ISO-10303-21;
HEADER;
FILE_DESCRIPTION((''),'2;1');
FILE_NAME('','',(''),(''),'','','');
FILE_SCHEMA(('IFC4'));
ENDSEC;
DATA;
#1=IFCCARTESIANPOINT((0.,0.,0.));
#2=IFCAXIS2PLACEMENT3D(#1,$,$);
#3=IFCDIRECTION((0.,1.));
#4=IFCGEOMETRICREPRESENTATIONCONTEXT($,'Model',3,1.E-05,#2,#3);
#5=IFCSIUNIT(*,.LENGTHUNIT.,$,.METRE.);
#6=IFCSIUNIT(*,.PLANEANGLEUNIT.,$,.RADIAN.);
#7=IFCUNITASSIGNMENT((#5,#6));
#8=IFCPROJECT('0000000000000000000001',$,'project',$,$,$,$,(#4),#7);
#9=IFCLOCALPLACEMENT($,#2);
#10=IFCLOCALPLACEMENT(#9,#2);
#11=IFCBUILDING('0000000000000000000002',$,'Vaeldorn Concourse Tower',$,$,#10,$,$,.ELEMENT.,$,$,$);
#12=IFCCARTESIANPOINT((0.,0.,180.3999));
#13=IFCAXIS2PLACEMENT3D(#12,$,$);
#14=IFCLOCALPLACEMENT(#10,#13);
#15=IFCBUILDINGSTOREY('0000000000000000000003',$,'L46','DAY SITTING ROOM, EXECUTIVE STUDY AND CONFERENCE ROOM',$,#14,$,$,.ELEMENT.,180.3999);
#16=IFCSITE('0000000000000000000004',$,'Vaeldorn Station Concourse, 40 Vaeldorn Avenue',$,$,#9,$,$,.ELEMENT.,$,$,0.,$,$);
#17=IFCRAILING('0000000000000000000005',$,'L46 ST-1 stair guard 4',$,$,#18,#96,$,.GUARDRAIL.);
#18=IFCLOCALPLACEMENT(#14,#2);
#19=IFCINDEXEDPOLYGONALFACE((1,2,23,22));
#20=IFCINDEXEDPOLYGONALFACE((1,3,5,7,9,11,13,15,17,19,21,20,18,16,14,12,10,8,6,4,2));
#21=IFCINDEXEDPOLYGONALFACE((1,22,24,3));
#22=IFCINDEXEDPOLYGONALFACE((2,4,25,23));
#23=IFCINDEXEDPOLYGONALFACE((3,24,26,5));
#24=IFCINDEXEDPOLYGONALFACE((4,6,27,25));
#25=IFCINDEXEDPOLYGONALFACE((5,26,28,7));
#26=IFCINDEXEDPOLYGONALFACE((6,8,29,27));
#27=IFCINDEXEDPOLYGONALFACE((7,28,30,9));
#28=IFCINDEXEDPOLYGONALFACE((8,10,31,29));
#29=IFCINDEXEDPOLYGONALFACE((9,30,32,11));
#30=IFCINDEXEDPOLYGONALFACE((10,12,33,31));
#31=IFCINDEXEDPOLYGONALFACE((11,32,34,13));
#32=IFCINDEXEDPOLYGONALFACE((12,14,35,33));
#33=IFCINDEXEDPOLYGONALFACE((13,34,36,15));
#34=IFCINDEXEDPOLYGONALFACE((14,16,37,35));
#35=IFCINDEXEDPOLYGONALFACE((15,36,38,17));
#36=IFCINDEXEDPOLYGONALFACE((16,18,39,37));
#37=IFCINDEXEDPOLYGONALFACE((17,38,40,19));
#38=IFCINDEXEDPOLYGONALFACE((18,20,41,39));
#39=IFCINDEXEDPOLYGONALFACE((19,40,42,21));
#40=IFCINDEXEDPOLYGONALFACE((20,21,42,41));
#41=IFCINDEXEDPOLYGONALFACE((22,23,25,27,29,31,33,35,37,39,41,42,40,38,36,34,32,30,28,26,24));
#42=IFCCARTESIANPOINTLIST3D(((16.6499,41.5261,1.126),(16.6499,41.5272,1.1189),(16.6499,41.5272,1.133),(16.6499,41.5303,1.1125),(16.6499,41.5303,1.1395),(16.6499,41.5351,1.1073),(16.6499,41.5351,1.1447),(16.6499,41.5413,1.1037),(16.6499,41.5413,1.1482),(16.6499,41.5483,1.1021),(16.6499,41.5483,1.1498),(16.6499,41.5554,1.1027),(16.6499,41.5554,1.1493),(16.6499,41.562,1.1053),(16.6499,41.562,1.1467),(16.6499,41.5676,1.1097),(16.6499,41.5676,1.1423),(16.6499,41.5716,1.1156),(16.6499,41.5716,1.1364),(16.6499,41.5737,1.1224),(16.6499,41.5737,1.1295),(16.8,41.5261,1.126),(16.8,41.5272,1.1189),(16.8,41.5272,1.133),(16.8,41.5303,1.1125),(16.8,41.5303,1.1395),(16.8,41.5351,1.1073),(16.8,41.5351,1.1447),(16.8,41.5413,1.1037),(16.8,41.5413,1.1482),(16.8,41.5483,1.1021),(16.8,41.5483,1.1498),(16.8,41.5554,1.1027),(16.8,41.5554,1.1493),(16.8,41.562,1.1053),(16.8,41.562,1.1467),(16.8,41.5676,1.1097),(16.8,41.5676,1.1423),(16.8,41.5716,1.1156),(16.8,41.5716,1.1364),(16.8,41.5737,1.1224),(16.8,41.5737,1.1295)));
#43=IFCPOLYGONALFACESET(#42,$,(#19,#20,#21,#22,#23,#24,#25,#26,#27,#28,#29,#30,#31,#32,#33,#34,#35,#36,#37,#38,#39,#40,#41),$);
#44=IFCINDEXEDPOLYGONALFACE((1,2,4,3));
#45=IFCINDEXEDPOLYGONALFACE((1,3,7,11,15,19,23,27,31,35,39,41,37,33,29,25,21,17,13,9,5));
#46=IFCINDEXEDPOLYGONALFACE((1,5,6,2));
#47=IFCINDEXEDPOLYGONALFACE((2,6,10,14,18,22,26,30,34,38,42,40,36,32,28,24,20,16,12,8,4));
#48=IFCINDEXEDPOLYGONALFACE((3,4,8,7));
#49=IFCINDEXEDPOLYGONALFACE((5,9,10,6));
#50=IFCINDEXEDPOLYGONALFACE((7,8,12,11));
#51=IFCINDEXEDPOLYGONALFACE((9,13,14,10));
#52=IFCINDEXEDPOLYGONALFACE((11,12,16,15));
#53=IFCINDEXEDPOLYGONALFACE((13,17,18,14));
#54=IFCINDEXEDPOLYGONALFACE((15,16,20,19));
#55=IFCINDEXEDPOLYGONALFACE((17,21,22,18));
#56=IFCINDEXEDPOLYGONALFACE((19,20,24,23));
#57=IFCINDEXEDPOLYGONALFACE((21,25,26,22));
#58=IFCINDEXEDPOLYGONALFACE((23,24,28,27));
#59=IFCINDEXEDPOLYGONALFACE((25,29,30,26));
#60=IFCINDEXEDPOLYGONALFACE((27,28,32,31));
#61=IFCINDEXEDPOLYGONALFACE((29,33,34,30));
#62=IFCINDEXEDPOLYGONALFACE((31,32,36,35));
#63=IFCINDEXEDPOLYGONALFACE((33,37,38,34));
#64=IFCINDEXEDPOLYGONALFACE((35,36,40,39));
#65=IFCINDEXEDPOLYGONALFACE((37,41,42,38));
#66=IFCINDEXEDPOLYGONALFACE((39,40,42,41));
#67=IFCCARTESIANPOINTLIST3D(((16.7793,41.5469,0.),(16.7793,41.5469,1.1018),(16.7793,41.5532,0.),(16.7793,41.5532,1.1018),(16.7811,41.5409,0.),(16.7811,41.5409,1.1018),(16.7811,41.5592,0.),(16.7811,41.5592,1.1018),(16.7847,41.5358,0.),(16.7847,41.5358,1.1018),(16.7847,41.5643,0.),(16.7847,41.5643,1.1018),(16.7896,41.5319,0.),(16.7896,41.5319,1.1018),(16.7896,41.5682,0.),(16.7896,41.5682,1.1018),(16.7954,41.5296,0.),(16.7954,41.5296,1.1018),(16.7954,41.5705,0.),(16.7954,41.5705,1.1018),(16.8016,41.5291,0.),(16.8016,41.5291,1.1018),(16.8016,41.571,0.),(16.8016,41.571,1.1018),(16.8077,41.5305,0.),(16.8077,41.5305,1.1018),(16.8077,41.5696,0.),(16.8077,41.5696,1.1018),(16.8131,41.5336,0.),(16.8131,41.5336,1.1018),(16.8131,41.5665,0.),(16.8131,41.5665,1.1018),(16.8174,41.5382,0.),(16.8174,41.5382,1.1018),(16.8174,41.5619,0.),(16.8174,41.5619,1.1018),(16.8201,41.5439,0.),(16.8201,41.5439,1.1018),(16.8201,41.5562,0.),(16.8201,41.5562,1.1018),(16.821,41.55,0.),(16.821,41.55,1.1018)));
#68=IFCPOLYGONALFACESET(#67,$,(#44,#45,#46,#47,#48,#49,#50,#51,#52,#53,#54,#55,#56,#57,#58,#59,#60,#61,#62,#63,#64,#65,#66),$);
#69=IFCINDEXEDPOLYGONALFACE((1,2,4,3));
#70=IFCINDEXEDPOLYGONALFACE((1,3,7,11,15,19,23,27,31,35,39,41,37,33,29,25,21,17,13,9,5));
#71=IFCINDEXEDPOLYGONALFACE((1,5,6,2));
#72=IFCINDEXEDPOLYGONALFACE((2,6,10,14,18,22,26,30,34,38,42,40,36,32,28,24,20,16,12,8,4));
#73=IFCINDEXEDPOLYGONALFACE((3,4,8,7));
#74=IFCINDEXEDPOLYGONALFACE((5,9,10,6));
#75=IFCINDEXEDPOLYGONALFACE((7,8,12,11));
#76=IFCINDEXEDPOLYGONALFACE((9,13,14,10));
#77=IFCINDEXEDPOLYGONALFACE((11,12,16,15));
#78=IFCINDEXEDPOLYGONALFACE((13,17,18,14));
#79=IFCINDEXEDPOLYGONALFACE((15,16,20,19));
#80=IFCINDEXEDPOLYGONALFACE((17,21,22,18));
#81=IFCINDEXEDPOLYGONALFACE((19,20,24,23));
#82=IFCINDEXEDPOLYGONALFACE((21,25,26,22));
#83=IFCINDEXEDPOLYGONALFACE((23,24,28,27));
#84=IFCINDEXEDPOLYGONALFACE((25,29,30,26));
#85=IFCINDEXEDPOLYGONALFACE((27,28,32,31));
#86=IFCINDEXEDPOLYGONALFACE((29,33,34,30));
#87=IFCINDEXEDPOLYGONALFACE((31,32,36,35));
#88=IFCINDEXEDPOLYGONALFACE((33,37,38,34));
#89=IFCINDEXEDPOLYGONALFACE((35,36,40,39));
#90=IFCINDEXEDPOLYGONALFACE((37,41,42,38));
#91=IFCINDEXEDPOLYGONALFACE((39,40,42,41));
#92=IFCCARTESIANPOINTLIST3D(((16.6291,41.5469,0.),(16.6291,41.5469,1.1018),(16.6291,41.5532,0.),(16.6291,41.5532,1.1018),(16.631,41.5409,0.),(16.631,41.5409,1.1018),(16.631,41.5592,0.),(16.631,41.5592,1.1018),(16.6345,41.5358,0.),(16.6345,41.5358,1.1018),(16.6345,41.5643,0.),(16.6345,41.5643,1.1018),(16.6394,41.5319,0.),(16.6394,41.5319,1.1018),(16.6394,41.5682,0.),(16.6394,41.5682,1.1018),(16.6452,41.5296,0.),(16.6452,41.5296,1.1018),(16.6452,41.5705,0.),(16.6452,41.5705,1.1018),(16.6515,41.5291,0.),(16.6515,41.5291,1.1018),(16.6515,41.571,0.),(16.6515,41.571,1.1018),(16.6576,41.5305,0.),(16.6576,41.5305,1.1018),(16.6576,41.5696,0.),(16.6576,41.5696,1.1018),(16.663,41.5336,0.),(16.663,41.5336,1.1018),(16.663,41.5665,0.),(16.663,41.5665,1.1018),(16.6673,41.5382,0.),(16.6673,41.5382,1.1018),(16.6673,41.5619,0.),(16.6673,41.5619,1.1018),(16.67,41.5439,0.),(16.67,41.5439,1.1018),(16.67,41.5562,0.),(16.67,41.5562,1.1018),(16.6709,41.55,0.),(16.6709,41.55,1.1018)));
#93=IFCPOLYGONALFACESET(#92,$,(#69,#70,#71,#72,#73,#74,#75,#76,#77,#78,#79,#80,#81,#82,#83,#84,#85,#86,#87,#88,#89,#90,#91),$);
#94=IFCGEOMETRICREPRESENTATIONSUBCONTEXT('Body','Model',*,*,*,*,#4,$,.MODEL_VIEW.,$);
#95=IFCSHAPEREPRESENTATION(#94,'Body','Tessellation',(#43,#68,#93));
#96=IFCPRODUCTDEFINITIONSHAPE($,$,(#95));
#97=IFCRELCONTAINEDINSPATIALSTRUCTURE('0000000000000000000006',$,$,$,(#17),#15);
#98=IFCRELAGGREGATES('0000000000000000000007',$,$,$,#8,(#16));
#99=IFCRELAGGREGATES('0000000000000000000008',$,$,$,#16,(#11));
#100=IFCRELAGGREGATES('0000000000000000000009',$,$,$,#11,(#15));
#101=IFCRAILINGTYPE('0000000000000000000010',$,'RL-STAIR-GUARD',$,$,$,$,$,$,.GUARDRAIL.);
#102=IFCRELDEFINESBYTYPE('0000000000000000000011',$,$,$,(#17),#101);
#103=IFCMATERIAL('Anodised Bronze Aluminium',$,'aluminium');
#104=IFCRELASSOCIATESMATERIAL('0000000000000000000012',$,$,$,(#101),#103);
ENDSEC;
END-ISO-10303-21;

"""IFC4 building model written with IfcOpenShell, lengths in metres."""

from ifc_helpers import new_model, si_unit, direction, frame, origin, origin_2d, place, context, subcontext, project, spatial, circle, extrude, material, type_object, element, save


model = new_model("IFC4")

# Units and contexts
model_context = context("Model", 3, precision=1e-05, world=origin(), true_north=direction((0.0, 1.0)))
body_context = subcontext(model_context, "Body", "Model", "MODEL_VIEW")
ifc_project = project(units=[si_unit("LENGTHUNIT", "METRE"), si_unit("PLANEANGLEUNIT", "RADIAN")], contexts=[model_context])

# Site, building, storey
site_placement = place(None, origin())
site = spatial("IfcSite", under=ifc_project, at=site_placement, Name="Vaeldorn Station Concourse, 40 Vaeldorn Avenue", CompositionType="ELEMENT", RefElevation=0.0)
building_placement = place(site_placement, origin())
building = spatial("IfcBuilding", under=site, at=building_placement, Name="Vaeldorn Concourse Tower", CompositionType="ELEMENT")
storey_placement = place(building_placement, frame((0.0, 0.0, 180.3999)))
storey = spatial("IfcBuildingStorey", under=building, at=storey_placement, Name="L46", Description="DAY SITTING ROOM, EXECUTIVE STUDY AND CONFERENCE ROOM", CompositionType="ELEMENT", Elevation=180.3999)

# Shared definitions
ifc_material_1 = material(Name="Anodised Bronze Aluminium", Category="aluminium")

# Railing
railing_type_1 = type_object("IfcRailingType", Name="RL-STAIR-GUARD", PredefinedType="GUARDRAIL", material=ifc_material_1)
railing_1_placement = place(storey_placement, frame((16.8, 41.55, 0.0)))
element("IfcRailing", 1, at=railing_1_placement, inside=storey, type_object=railing_type_1, Name="L46 ST-1 stair guard 4", PredefinedType="GUARDRAIL", context=body_context, shape_type="SweptSolid", body=[
    extrude(circle(Radius=0.0239, at=origin_2d()), frame((0.0, 0.0, 1.126), z_axis=(-1.0, 0.0, 0.0), x_axis=(0.0, -1.0, 0.0)), (0.0, 0.0, 1.0), 0.1501),
    extrude(circle(Radius=0.021, at=origin_2d()), origin(), (0.0, 0.0, 1.0), 1.1018),
    extrude(circle(Radius=0.021, at=origin_2d()), frame((-0.1501, 0.0, 0.0)), (0.0, 0.0, 1.0), 1.1018),
])

save(model, "model.ifc")
